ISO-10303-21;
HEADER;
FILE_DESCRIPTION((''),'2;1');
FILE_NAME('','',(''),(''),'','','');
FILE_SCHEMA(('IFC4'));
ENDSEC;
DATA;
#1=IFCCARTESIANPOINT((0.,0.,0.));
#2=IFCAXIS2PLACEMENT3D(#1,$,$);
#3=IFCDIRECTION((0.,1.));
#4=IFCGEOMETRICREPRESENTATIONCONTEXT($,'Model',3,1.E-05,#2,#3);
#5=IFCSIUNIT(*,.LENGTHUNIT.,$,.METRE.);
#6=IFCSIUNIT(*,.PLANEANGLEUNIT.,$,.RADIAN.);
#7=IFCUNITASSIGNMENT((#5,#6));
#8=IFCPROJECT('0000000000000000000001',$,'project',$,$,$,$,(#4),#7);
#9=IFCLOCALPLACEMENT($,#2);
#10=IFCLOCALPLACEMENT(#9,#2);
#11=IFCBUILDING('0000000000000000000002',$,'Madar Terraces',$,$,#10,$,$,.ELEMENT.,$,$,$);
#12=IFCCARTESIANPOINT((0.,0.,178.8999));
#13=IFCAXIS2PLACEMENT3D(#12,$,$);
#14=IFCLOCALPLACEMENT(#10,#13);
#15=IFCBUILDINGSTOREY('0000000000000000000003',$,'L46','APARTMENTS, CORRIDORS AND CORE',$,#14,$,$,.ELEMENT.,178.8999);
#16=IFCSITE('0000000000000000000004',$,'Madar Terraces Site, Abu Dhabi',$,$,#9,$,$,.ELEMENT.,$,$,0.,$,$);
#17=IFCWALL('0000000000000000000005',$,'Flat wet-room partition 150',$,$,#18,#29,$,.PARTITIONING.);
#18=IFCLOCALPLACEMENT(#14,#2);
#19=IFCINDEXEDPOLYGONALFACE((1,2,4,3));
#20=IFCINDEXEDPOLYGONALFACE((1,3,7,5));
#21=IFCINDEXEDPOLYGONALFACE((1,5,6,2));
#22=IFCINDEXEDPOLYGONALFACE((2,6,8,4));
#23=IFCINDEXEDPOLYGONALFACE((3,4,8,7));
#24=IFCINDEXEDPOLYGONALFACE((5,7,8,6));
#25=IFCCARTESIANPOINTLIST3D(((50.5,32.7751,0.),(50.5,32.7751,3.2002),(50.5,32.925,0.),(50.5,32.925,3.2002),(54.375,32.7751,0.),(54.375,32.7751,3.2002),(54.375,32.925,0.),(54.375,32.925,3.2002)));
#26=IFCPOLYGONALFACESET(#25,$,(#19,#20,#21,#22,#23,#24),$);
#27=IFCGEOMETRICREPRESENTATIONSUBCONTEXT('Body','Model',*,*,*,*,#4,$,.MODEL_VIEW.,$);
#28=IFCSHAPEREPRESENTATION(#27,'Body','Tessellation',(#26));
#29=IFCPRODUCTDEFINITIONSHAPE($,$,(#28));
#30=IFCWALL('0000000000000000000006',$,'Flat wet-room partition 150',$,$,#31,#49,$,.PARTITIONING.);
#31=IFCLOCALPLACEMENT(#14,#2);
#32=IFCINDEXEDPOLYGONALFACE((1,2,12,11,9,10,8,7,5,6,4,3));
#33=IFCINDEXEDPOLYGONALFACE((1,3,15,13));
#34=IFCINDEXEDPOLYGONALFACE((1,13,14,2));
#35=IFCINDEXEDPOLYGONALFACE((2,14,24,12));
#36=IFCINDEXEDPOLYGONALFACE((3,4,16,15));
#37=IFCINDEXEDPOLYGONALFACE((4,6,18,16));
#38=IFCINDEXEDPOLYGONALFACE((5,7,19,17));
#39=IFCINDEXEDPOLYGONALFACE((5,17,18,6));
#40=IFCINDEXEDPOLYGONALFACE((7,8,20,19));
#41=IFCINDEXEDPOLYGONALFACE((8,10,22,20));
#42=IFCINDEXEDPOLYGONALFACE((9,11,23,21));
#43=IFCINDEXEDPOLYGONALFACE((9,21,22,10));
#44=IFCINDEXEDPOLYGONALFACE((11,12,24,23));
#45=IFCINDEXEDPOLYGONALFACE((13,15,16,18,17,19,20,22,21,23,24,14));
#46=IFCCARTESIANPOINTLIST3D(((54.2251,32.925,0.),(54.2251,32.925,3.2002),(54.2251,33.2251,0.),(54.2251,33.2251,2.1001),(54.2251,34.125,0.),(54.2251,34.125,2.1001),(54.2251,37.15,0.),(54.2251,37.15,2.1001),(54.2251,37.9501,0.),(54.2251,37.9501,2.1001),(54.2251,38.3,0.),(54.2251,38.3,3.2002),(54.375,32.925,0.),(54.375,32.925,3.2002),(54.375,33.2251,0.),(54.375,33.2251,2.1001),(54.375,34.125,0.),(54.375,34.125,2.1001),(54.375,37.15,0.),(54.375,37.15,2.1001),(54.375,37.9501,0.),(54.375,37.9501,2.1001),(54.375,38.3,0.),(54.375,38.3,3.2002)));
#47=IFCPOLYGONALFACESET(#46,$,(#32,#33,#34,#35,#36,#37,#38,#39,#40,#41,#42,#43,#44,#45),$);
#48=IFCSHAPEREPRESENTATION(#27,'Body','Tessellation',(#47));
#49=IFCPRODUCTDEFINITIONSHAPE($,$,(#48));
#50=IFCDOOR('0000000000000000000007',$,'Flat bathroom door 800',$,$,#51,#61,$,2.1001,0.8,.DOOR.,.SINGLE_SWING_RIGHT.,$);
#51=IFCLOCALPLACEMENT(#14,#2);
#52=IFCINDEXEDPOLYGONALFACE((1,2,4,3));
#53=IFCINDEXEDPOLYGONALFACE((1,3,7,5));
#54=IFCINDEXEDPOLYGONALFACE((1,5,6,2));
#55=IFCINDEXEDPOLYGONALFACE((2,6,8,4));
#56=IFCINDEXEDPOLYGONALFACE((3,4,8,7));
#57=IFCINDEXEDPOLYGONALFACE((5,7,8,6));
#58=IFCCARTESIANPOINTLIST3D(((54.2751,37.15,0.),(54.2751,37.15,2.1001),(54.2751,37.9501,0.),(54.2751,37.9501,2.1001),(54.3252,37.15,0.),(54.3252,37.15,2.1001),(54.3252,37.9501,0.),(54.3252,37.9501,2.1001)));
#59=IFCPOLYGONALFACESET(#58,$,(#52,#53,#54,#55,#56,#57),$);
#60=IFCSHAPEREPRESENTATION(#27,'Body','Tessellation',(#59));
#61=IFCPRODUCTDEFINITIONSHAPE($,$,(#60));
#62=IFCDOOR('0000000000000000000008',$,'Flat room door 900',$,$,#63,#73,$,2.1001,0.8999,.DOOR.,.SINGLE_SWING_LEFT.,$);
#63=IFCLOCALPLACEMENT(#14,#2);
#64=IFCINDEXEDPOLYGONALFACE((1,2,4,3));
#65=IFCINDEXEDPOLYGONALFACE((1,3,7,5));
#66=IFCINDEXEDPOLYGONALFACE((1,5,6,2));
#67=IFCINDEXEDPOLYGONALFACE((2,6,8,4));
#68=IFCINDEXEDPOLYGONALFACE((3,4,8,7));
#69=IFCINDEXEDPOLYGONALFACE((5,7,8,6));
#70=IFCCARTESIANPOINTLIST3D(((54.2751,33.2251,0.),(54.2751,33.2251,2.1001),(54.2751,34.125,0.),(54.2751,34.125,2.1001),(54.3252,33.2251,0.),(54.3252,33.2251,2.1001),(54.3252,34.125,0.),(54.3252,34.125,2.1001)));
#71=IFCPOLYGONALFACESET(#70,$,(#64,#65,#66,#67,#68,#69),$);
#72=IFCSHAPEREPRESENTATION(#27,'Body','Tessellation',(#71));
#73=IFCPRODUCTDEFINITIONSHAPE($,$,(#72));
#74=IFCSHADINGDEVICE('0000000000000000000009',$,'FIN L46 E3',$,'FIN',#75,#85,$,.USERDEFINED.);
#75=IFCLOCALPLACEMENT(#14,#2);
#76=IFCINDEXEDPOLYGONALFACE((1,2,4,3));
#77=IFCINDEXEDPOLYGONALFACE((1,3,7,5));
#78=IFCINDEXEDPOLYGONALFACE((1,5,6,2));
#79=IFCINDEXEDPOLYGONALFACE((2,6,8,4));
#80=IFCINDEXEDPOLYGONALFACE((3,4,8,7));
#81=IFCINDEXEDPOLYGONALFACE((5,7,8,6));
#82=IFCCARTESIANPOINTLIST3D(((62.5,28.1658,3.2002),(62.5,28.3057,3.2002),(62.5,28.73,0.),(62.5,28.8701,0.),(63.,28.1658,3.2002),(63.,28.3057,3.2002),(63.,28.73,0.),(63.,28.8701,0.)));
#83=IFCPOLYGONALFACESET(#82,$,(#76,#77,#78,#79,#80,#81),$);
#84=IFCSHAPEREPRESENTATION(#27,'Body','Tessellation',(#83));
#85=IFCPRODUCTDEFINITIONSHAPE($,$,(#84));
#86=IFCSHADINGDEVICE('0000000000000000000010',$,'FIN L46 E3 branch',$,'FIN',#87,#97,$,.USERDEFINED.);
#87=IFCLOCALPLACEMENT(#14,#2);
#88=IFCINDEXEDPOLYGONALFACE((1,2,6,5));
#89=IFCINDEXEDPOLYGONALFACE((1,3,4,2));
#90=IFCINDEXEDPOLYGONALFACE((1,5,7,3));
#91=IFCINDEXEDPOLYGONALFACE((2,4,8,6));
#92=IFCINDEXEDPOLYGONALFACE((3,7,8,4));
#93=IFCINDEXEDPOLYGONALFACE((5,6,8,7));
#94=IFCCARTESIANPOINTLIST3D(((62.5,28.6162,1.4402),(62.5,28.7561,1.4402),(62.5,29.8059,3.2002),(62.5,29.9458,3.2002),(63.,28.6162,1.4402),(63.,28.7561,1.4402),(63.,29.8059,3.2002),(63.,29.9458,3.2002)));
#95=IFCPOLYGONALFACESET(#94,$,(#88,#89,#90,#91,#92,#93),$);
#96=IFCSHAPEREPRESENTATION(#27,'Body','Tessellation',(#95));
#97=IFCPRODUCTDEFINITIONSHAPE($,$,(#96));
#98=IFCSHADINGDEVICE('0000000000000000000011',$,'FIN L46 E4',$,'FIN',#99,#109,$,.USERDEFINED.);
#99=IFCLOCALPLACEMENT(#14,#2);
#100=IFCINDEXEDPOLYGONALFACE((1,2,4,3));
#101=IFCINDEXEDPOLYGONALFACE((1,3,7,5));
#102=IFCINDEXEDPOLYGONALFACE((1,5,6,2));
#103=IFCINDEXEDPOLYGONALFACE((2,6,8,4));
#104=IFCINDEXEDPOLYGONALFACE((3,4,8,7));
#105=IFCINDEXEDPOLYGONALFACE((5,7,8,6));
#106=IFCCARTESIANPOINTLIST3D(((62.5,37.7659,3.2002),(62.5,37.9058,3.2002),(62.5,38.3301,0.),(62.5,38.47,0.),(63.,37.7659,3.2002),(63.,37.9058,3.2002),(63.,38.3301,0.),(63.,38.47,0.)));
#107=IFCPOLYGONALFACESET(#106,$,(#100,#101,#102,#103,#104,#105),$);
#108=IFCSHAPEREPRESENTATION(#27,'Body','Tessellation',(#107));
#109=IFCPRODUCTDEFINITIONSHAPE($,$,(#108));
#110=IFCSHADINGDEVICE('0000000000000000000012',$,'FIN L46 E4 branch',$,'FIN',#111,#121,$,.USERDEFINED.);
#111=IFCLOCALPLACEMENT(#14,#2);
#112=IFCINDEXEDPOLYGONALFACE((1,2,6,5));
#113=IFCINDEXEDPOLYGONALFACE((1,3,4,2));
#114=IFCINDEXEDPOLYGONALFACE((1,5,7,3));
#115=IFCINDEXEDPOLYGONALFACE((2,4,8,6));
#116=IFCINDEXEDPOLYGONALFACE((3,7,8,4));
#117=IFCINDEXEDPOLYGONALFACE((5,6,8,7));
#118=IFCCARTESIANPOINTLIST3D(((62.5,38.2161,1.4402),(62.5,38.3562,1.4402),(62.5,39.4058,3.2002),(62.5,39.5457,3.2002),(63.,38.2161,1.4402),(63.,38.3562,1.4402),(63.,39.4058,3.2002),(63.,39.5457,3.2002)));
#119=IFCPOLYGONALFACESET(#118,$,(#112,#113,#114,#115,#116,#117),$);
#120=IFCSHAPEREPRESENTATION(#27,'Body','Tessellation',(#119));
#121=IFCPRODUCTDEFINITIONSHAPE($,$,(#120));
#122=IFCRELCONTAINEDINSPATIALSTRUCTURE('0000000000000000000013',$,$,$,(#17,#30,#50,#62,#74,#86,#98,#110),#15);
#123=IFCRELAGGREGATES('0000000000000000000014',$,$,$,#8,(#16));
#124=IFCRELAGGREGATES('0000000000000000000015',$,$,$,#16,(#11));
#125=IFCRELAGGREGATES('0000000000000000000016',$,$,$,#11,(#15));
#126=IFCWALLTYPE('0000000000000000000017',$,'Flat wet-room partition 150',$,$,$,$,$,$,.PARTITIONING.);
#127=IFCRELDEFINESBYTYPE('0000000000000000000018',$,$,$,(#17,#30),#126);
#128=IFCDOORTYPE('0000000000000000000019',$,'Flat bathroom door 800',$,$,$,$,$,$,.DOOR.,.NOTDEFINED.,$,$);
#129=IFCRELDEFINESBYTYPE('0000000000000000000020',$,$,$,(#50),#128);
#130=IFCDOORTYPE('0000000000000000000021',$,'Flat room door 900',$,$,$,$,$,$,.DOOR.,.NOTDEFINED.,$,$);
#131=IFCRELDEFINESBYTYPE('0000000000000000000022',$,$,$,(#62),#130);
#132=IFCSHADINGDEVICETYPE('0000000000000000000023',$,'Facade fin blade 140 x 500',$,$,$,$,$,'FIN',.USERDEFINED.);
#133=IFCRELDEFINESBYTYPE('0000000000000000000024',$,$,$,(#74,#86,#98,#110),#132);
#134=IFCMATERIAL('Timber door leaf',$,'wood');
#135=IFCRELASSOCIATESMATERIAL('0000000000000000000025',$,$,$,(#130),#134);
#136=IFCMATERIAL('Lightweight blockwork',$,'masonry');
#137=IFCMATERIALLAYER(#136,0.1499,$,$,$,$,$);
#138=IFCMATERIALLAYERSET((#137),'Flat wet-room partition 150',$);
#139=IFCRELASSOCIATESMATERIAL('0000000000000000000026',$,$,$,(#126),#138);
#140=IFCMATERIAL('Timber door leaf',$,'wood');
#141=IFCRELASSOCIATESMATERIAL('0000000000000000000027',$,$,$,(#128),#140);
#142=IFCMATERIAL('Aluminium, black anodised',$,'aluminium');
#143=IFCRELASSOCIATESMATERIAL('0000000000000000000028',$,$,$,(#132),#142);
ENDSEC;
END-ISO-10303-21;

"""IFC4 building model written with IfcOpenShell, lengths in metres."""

from ifc_helpers import new_model, si_unit, direction, frame, frame_2d, origin, place, context, subcontext, project, spatial, polyline, rectangle, outline, extrude, material, layer, layer_set, type_object, element, fill, save


model = new_model("IFC4")

# Units and contexts
model_context = context("Model", 3, precision=1e-05, world=origin(), true_north=direction((0.0, 1.0)))
body_context = subcontext(model_context, "Body", "Model", "MODEL_VIEW")
ifc_project = project(units=[si_unit("LENGTHUNIT", "METRE"), si_unit("PLANEANGLEUNIT", "RADIAN")], contexts=[model_context])

# Site, building, storey
site_placement = place(None, origin())
site = spatial("IfcSite", under=ifc_project, at=site_placement, Name="Madar Terraces Site, Abu Dhabi", CompositionType="ELEMENT", RefElevation=0.0)
building_placement = place(site_placement, origin())
building = spatial("IfcBuilding", under=site, at=building_placement, Name="Madar Terraces", CompositionType="ELEMENT")
storey_placement = place(building_placement, frame((0.0, 0.0, 178.8999)))
storey = spatial("IfcBuildingStorey", under=building, at=storey_placement, Name="L46", Description="APARTMENTS, CORRIDORS AND CORE", CompositionType="ELEMENT", Elevation=178.8999)

# Shared definitions
ifc_material_1 = material(Name="Timber door leaf", Category="wood")
door_type_1 = type_object("IfcDoorType", Name="Flat room door 900", OperationType="NOTDEFINED", PredefinedType="DOOR", material=ifc_material_1)

# Wall
ifc_material_2 = material(Name="Lightweight blockwork", Category="masonry")
ifc_layer_1 = layer(ifc_material_2, 0.1499)
ifc_layer_set_1 = layer_set([ifc_layer_1], Name="Flat wet-room partition 150")
wall_type_1 = type_object("IfcWallType", Name="Flat wet-room partition 150", PredefinedType="PARTITIONING", material=ifc_layer_set_1)
wall_1_placement = place(storey_placement, frame((50.5, 32.8501, 0.0), z_axis=(0.0, 0.0, 1.0), x_axis=(1.0, 0.0, 0.0)))
element("IfcWall", 1, at=wall_1_placement, inside=storey, type_object=wall_type_1, Name="Flat wet-room partition 150", PredefinedType="PARTITIONING", context=body_context, shape_type="SweptSolid", body=[
    extrude(rectangle(XDim=3.875, YDim=0.1499, at=frame_2d((1.9375, 0.0))), origin(), (0.0, 0.0, 1.0), 3.2002),
])

# Wall, openings, doors
wall_2_placement = place(storey_placement, frame((54.3, 32.925, 0.0), z_axis=(0.0, 0.0, 1.0), x_axis=(0.0, 1.0, 0.0)))
wall_2 = element("IfcWall", 2, at=wall_2_placement, inside=storey, type_object=wall_type_1, Name="Flat wet-room partition 150", PredefinedType="PARTITIONING", context=body_context, shape_type="SweptSolid", body=[
    extrude(rectangle(XDim=5.375, YDim=0.1499, at=frame_2d((2.6875, 0.0))), origin(), (0.0, 0.0, 1.0), 3.2002),
])
opening_1_placement = place(wall_2_placement, frame((0.3, 0.0, 0.0)))
opening_1 = element("IfcOpeningElement", 3, at=opening_1_placement, cuts=wall_2, PredefinedType="OPENING", context=body_context, shape_type="SweptSolid", body=[
    extrude(rectangle(XDim=0.8999, YDim=2.1001, at=frame_2d((0.45, 1.05))), frame((0.0, 0.085, 0.0), z_axis=(0.0, -1.0, 0.0), x_axis=(1.0, 0.0, 0.0)), (0.0, 0.0, 1.0), 0.1699),
])
opening_2_placement = place(wall_2_placement, frame((4.2251, 0.0, 0.0)))
opening_2 = element("IfcOpeningElement", 4, at=opening_2_placement, cuts=wall_2, PredefinedType="OPENING", context=body_context, shape_type="SweptSolid", body=[
    extrude(rectangle(XDim=0.8, YDim=2.1001, at=frame_2d((0.3999, 1.05))), frame((0.0, 0.085, 0.0), z_axis=(0.0, -1.0, 0.0), x_axis=(1.0, 0.0, 0.0)), (0.0, 0.0, 1.0), 0.1699),
])
ifc_material_3 = material(Name="Timber door leaf", Category="wood")
door_type_2 = type_object("IfcDoorType", Name="Flat bathroom door 800", OperationType="NOTDEFINED", PredefinedType="DOOR", material=ifc_material_3)
door_1_placement = place(opening_2_placement, origin())
door_1 = element("IfcDoor", 5, at=door_1_placement, inside=storey, type_object=door_type_2, Name="Flat bathroom door 800", OperationType="SINGLE_SWING_RIGHT", OverallHeight=2.1001, OverallWidth=0.8, PredefinedType="DOOR", context=body_context, shape_type="SweptSolid", body=[
    extrude(rectangle(XDim=0.8, YDim=2.1001, at=frame_2d((0.3999, 1.05))), frame((0.0, 0.0249, 0.0), z_axis=(0.0, -1.0, 0.0), x_axis=(1.0, 0.0, 0.0)), (0.0, 0.0, 1.0), 0.05),
])
fill(opening_2, door_1)
door_2_placement = place(opening_1_placement, origin())
door_2 = element("IfcDoor", 6, at=door_2_placement, inside=storey, type_object=door_type_1, Name="Flat room door 900", OperationType="SINGLE_SWING_LEFT", OverallHeight=2.1001, OverallWidth=0.8999, PredefinedType="DOOR", context=body_context, shape_type="SweptSolid", body=[
    extrude(rectangle(XDim=0.8999, YDim=2.1001, at=frame_2d((0.45, 1.05))), frame((0.0, 0.0249, 0.0), z_axis=(0.0, -1.0, 0.0), x_axis=(1.0, 0.0, 0.0)), (0.0, 0.0, 1.0), 0.05),
])
fill(opening_1, door_2)

# Shading devices
ifc_material_4 = material(Name="Aluminium, black anodised", Category="aluminium")
shading_device_type = type_object("IfcShadingDeviceType", Name="Facade fin blade 140 x 500", ElementType="FIN", PredefinedType="USERDEFINED", material=ifc_material_4)
shading_device_1_placement = place(storey_placement, frame((62.75, 28.73, 0.0), z_axis=(0.0, 0.0, 1.0), x_axis=(0.0, 1.0, 0.0)))
element("IfcShadingDevice", 7, at=shading_device_1_placement, inside=storey, type_object=shading_device_type, Name="FIN L46 E3", ObjectType="FIN", PredefinedType="USERDEFINED", context=body_context, shape_type="SweptSolid", body=[
    extrude(outline(polyline([(0.0, 0.0), (0.1401, 0.0), (-0.4243, 3.2002), (-0.5642, 3.2002), (0.0, 0.0)])), frame((0.0, 0.25, 0.0), z_axis=(0.0, -1.0, 0.0), x_axis=(1.0, 0.0, 0.0)), (0.0, 0.0, 1.0), 0.5),
])
shading_device_2_placement = place(storey_placement, frame((62.75, 28.6162, 1.4402), z_axis=(0.0, 0.0, 1.0), x_axis=(0.0, 1.0, 0.0)))
element("IfcShadingDevice", 8, at=shading_device_2_placement, inside=storey, type_object=shading_device_type, Name="FIN L46 E3 branch", ObjectType="FIN", PredefinedType="USERDEFINED", context=body_context, shape_type="SweptSolid", body=[
    extrude(outline(polyline([(0.0, 0.0), (0.1399, 0.0), (1.3296, 1.76), (1.1897, 1.76), (0.0, 0.0)])), frame((0.0, 0.25, 0.0), z_axis=(0.0, -1.0, 0.0), x_axis=(1.0, 0.0, 0.0)), (0.0, 0.0, 1.0), 0.5),
])
shading_device_3_placement = place(storey_placement, frame((62.75, 38.3301, 0.0), z_axis=(0.0, 0.0, 1.0), x_axis=(0.0, 1.0, 0.0)))
element("IfcShadingDevice", 9, at=shading_device_3_placement, inside=storey, type_object=shading_device_type, Name="FIN L46 E4", ObjectType="FIN", PredefinedType="USERDEFINED", context=body_context, shape_type="SweptSolid", body=[
    extrude(outline(polyline([(0.0, 0.0), (0.1399, 0.0), (-0.4243, 3.2002), (-0.5642, 3.2002), (0.0, 0.0)])), frame((0.0, 0.25, 0.0), z_axis=(0.0, -1.0, 0.0), x_axis=(1.0, 0.0, 0.0)), (0.0, 0.0, 1.0), 0.5),
])
shading_device_4_placement = place(storey_placement, frame((62.75, 38.2161, 1.4402), z_axis=(0.0, 0.0, 1.0), x_axis=(0.0, 1.0, 0.0)))
element("IfcShadingDevice", 10, at=shading_device_4_placement, inside=storey, type_object=shading_device_type, Name="FIN L46 E4 branch", ObjectType="FIN", PredefinedType="USERDEFINED", context=body_context, shape_type="SweptSolid", body=[
    extrude(outline(polyline([(0.0, 0.0), (0.1401, 0.0), (1.3296, 1.76), (1.1897, 1.76), (0.0, 0.0)])), frame((0.0, 0.25, 0.0), z_axis=(0.0, -1.0, 0.0), x_axis=(1.0, 0.0, 0.0)), (0.0, 0.0, 1.0), 0.5),
])

save(model, "model.ifc")
